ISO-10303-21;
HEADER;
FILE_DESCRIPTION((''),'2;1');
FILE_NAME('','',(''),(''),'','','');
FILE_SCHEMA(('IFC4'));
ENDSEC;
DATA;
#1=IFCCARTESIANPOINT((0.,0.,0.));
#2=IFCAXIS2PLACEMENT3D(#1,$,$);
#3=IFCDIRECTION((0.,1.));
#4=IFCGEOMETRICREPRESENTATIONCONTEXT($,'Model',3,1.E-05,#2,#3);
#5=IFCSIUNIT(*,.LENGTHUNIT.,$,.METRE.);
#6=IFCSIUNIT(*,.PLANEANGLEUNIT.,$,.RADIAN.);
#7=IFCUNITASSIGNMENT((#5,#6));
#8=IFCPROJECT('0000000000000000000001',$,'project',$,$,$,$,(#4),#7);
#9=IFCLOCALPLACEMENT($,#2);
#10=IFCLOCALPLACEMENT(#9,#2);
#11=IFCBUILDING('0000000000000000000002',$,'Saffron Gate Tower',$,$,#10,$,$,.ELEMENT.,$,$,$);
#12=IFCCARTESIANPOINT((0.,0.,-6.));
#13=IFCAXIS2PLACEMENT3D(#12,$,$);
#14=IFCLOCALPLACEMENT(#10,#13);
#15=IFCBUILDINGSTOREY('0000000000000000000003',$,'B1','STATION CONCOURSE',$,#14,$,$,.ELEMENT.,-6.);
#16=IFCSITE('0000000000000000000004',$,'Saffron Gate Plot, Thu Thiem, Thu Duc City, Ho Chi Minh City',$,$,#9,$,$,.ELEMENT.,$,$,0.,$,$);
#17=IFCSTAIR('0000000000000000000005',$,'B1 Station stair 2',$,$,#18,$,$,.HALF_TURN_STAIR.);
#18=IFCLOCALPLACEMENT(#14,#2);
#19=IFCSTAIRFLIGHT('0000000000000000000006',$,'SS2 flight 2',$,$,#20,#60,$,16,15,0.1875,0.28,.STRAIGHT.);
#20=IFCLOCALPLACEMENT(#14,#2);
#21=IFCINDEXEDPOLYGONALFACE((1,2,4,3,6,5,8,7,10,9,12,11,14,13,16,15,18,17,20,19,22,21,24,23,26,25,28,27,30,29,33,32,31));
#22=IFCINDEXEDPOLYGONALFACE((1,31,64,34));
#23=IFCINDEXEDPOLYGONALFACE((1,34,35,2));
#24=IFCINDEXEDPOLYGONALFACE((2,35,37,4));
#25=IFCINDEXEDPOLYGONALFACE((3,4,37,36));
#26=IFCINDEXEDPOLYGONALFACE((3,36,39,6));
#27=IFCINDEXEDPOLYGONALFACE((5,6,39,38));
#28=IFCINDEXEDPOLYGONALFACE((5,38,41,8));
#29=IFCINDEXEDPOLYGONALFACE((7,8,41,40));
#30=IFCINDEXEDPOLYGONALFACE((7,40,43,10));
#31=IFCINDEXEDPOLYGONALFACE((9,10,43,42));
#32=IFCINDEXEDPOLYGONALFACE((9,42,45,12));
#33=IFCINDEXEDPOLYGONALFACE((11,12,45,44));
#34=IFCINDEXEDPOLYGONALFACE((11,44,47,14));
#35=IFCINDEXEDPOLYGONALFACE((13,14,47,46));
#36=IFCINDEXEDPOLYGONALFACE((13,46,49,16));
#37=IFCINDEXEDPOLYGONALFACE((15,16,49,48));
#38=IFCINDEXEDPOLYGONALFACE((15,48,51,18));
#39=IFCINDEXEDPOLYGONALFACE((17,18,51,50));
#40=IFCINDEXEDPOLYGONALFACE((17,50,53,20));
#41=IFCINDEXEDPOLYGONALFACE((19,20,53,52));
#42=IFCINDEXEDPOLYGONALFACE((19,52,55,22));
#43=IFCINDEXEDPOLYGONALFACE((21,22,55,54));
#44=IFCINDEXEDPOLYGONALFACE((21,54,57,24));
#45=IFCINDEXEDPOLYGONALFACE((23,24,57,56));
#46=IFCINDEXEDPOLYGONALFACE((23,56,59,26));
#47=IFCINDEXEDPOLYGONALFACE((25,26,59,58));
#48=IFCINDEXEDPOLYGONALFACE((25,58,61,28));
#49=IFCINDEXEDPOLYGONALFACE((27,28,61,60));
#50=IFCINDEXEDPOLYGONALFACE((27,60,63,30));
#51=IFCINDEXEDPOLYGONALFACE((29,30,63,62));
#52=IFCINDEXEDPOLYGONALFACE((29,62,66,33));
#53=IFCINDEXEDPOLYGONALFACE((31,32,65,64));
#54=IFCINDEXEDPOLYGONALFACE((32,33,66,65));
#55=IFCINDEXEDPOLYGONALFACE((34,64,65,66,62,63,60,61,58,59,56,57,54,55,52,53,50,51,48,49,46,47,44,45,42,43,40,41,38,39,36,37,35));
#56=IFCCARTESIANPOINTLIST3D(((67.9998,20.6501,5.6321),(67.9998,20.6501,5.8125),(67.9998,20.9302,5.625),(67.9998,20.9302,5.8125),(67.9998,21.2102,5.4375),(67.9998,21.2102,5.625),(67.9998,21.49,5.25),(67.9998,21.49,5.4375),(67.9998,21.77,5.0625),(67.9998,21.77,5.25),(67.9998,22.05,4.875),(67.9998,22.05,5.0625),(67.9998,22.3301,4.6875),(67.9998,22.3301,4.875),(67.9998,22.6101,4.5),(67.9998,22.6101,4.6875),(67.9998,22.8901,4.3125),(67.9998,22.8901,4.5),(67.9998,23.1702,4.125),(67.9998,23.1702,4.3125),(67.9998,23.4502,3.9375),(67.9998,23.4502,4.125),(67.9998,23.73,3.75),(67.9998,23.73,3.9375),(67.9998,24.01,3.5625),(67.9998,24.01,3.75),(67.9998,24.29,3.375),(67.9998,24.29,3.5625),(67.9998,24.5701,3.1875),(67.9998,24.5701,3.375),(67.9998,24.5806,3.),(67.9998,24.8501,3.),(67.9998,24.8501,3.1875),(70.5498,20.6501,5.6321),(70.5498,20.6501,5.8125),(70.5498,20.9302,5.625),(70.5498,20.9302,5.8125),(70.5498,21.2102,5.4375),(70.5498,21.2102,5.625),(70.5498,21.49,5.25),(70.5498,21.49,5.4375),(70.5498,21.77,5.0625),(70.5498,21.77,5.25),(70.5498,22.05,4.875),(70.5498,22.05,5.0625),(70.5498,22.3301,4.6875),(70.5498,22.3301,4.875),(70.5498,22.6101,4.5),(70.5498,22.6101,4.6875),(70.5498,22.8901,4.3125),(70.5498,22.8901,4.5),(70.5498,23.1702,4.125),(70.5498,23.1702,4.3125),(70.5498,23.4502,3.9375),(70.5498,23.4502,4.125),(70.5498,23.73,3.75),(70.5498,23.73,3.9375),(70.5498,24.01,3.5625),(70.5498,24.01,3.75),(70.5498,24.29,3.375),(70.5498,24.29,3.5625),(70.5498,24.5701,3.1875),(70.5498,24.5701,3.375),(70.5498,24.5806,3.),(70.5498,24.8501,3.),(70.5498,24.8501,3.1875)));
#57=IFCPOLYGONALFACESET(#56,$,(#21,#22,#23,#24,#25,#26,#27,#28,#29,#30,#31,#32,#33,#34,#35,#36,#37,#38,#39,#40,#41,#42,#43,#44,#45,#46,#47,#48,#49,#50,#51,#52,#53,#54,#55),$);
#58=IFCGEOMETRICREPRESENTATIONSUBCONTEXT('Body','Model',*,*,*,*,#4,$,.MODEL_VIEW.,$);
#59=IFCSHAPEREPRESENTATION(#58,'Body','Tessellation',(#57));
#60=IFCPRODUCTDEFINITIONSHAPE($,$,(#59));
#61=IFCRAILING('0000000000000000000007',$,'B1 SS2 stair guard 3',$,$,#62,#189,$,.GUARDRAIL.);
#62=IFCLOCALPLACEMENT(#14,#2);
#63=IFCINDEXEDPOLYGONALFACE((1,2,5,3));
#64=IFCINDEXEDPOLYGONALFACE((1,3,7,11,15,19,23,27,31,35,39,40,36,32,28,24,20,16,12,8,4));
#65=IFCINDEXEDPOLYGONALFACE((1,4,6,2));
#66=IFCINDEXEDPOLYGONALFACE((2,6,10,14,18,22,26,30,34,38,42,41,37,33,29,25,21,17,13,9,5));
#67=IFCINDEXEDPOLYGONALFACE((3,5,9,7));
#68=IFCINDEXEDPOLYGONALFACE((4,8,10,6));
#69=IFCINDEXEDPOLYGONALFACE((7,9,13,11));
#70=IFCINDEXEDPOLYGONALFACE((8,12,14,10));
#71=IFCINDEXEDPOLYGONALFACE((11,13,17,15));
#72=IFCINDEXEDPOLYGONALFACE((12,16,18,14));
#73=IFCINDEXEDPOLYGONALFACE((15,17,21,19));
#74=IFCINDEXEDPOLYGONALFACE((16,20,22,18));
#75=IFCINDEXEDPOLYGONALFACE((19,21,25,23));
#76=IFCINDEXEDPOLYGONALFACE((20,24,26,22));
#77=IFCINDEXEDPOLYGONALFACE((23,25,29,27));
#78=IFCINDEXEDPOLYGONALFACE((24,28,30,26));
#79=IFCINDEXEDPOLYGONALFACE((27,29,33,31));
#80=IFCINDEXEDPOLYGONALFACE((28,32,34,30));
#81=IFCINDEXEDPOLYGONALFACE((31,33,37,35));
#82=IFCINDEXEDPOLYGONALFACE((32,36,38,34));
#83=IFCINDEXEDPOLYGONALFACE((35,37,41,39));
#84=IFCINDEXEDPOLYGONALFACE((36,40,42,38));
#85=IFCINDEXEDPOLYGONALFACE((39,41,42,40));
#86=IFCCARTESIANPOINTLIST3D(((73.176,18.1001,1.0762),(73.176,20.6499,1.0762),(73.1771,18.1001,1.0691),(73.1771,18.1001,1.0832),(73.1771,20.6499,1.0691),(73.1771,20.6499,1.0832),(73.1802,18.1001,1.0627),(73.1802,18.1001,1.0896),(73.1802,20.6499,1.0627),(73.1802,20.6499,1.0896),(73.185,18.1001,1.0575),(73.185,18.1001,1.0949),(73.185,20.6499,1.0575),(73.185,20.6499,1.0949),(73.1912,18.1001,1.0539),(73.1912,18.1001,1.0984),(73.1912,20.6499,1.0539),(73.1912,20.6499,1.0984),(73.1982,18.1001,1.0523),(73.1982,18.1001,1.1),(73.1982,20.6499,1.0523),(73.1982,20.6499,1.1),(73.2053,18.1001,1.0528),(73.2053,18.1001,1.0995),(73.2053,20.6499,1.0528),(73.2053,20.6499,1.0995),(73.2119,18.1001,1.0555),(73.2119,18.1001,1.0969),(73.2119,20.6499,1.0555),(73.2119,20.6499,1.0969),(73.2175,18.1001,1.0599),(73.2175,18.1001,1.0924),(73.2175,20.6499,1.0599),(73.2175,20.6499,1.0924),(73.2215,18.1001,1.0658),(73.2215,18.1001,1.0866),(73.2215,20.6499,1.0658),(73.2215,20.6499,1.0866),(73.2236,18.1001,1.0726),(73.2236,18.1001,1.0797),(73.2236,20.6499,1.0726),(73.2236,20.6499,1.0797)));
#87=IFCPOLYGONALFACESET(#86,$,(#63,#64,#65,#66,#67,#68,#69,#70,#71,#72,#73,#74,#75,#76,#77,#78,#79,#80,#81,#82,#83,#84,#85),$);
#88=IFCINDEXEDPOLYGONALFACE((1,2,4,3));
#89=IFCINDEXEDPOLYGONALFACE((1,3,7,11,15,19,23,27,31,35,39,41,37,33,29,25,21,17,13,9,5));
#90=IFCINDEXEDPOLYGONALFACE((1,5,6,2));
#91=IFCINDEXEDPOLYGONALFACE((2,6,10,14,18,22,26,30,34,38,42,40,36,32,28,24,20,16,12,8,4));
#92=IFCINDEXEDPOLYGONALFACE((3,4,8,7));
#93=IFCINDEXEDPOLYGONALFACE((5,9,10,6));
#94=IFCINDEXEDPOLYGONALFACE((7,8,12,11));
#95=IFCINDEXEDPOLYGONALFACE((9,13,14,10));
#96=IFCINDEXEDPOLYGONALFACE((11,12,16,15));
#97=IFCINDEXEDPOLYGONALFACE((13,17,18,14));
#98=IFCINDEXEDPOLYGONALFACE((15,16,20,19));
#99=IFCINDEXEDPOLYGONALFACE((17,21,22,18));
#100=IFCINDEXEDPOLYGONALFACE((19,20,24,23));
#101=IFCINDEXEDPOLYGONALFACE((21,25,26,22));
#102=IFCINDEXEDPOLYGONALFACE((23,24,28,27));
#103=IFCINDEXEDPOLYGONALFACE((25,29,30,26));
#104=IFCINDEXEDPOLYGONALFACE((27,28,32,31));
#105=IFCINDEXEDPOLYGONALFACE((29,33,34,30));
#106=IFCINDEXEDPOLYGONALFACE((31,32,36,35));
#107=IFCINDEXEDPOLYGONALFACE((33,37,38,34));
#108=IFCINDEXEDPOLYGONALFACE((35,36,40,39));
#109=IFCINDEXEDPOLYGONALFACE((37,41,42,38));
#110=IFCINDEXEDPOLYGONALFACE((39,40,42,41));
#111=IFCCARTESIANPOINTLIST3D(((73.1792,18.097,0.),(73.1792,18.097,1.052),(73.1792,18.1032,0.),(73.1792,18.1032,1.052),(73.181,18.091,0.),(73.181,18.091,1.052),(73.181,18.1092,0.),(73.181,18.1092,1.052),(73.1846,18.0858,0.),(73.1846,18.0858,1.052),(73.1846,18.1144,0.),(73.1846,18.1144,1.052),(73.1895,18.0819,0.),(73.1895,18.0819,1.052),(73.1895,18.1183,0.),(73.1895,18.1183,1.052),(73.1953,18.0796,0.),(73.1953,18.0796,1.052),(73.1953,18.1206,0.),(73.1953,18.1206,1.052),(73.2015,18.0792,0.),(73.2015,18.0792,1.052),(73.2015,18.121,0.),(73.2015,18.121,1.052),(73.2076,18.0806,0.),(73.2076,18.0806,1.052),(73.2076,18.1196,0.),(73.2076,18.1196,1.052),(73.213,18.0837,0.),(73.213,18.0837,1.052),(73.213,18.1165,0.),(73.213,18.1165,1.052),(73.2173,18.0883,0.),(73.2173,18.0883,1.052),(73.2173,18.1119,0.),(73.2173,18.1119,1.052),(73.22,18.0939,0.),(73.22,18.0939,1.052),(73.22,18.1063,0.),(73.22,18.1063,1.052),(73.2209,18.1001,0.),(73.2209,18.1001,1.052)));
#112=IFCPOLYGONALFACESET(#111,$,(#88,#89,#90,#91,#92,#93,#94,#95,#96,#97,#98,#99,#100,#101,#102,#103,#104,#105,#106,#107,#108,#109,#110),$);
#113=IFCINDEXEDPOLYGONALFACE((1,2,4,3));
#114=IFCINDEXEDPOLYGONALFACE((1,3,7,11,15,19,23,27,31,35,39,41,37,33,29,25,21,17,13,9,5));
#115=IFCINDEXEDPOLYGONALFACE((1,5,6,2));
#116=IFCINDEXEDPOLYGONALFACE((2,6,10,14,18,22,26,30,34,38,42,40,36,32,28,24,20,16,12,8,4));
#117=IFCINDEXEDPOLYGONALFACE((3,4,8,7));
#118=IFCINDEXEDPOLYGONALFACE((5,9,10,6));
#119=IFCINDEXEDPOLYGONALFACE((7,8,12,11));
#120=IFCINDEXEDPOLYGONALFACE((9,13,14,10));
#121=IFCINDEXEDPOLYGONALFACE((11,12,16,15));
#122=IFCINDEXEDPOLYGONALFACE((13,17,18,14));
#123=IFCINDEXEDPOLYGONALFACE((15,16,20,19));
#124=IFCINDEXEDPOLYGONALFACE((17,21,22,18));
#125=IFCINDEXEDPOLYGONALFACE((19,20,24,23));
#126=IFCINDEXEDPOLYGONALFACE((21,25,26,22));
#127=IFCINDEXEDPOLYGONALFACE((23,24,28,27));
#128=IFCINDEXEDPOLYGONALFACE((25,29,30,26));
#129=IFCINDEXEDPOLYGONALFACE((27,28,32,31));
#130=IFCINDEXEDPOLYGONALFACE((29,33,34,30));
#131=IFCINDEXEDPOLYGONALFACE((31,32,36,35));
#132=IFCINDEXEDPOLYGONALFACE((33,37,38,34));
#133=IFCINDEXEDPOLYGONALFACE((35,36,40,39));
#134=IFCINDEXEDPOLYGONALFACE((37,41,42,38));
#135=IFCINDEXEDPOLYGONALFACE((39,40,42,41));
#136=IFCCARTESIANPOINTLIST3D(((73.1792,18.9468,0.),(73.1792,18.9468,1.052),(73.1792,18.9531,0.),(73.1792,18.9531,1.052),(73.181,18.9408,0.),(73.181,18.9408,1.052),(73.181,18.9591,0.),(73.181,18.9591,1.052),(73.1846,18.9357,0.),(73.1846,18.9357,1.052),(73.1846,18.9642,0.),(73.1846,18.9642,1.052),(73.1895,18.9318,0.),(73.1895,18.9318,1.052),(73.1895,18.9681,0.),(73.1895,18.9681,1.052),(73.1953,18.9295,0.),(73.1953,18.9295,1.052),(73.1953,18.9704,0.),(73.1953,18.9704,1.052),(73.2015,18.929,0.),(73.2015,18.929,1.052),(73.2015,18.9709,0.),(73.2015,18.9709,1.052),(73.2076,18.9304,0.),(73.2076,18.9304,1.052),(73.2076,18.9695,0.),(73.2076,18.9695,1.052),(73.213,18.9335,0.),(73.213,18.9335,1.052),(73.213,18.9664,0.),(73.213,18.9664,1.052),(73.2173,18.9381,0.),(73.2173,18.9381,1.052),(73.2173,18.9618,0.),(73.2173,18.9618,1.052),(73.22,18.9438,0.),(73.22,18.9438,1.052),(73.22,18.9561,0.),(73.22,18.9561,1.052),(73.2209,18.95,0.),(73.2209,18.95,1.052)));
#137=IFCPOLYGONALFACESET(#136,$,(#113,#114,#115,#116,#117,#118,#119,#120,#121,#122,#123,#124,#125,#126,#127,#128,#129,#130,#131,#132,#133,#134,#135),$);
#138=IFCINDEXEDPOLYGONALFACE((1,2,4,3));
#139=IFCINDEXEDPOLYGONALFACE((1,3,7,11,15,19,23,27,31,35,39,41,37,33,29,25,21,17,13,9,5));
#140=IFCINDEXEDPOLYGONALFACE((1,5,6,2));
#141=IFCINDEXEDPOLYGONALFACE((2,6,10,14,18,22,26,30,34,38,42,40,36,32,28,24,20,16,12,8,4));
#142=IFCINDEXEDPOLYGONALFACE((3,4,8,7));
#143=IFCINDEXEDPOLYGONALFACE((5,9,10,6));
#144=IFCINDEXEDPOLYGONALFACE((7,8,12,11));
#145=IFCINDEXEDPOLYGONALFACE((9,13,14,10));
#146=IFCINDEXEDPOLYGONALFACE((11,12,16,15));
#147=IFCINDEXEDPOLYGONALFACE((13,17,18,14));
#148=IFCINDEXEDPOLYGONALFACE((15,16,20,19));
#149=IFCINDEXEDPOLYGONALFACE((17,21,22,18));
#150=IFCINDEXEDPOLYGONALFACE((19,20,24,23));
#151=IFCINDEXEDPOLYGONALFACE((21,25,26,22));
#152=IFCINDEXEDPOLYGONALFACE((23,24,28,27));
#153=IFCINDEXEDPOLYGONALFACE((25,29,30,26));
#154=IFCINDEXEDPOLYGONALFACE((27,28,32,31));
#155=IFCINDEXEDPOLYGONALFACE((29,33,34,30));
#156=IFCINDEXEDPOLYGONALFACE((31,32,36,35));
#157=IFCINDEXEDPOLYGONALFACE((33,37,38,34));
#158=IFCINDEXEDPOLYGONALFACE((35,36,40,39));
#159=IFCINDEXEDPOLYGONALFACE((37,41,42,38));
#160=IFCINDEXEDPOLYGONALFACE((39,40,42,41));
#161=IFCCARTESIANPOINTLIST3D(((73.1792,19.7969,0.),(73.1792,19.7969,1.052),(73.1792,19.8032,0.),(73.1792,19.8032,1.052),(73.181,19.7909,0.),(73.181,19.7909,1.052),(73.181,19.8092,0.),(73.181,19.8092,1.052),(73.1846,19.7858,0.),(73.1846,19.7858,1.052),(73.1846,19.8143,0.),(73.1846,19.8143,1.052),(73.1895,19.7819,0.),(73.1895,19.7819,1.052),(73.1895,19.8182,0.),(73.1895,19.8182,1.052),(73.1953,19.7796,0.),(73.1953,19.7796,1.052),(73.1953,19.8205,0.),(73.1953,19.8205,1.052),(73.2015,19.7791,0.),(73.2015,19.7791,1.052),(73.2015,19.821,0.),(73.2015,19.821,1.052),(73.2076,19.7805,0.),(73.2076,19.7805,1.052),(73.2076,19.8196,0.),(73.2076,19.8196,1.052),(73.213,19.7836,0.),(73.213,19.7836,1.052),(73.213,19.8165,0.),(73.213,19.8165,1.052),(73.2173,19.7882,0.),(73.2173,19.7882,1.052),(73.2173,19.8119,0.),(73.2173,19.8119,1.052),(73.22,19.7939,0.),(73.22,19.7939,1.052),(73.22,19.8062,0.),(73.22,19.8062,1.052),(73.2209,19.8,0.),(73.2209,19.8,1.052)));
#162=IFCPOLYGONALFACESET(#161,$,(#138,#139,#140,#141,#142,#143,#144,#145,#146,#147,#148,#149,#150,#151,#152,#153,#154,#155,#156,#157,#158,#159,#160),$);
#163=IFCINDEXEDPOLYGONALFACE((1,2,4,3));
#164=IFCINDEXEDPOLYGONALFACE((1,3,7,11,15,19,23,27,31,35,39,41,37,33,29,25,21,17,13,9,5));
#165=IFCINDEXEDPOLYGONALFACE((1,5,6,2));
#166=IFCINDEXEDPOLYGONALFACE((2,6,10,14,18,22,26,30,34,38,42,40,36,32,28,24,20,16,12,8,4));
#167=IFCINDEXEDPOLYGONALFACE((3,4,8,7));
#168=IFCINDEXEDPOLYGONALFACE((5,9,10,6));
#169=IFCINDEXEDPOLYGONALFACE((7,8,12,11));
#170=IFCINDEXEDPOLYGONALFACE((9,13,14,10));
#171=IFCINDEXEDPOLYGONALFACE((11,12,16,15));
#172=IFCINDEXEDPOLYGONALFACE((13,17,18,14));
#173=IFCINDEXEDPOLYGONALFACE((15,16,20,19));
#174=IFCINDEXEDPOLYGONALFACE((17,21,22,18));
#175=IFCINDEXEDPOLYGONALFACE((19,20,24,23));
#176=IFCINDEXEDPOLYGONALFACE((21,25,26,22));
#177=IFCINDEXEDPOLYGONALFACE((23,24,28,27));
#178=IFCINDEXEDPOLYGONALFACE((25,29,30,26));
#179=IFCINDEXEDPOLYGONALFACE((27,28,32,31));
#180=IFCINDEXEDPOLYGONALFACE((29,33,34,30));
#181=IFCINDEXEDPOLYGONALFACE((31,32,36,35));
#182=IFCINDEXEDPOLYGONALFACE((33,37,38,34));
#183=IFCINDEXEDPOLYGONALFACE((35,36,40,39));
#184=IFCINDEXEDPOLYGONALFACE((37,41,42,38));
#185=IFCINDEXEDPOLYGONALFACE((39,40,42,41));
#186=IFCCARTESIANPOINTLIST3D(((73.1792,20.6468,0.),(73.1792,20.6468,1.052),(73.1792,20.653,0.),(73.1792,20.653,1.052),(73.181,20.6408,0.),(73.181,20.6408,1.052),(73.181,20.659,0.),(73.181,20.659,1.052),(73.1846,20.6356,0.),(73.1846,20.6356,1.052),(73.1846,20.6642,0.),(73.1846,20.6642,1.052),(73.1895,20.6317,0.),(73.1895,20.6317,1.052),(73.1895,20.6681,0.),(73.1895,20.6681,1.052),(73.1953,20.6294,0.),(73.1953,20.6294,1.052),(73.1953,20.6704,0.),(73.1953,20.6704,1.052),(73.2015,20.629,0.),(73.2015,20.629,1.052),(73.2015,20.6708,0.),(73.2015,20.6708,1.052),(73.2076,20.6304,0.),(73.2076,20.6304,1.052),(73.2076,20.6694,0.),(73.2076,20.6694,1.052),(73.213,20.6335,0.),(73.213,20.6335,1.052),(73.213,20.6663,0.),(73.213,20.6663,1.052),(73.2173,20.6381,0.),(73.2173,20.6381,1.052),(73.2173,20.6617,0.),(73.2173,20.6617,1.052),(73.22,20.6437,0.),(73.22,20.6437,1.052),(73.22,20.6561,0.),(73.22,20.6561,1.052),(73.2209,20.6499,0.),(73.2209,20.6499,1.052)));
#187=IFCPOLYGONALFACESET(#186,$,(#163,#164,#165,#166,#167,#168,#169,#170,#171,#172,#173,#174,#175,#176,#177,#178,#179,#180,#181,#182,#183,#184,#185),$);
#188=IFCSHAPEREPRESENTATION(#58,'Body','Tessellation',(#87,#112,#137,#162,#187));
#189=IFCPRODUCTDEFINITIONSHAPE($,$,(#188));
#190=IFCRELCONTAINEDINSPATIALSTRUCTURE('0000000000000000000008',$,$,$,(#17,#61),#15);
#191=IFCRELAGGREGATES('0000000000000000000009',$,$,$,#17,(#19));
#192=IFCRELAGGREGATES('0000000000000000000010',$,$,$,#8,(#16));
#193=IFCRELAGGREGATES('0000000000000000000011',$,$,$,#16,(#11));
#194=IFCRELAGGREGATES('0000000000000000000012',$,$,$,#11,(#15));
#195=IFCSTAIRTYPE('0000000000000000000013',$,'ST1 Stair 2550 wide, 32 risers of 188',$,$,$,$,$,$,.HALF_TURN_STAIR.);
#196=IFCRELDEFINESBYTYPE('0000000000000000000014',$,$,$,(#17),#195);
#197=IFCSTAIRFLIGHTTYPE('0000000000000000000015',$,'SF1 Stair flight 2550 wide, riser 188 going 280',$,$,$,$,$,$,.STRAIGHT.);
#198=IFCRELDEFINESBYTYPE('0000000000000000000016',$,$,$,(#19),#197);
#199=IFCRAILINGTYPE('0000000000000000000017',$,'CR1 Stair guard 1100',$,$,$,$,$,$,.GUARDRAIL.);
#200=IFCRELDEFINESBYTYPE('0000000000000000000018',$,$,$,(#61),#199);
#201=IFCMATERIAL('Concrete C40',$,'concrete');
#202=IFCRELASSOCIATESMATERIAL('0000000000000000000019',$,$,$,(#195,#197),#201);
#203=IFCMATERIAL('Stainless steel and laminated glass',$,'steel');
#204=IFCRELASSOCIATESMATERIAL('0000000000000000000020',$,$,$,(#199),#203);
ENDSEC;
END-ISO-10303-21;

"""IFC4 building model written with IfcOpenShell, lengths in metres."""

from ifc_helpers import new_model, si_unit, direction, frame, origin, origin_2d, place, context, subcontext, project, spatial, polyline, circle, outline, extrude, material, type_object, element, aggregate, save


model = new_model("IFC4")

# Units and contexts
model_context = context("Model", 3, precision=1e-05, world=origin(), true_north=direction((0.0, 1.0)))
body_context = subcontext(model_context, "Body", "Model", "MODEL_VIEW")
ifc_project = project(units=[si_unit("LENGTHUNIT", "METRE"), si_unit("PLANEANGLEUNIT", "RADIAN")], contexts=[model_context])

# Site, building, storey
site_placement = place(None, origin())
site = spatial("IfcSite", under=ifc_project, at=site_placement, Name="Saffron Gate Plot, Thu Thiem, Thu Duc City, Ho Chi Minh City", CompositionType="ELEMENT", RefElevation=0.0)
building_placement = place(site_placement, origin())
building = spatial("IfcBuilding", under=site, at=building_placement, Name="Saffron Gate Tower", CompositionType="ELEMENT")
storey_placement = place(building_placement, frame((0.0, 0.0, -6.0)))
storey = spatial("IfcBuildingStorey", under=building, at=storey_placement, Name="B1", Description="STATION CONCOURSE", CompositionType="ELEMENT", Elevation=-6.0)

# Shared definitions
ifc_material_1 = material(Name="Concrete C40", Category="concrete")

# Stair, stair flight
stair_type = type_object("IfcStairType", Name="ST1 Stair 2550 wide, 32 risers of 188", PredefinedType="HALF_TURN_STAIR", material=ifc_material_1)
stair_placement = place(storey_placement, origin())
stair = element("IfcStair", 1, at=stair_placement, inside=storey, type_object=stair_type, Name="B1 Station stair 2", PredefinedType="HALF_TURN_STAIR")
stair_flight_type = type_object("IfcStairFlightType", Name="SF1 Stair flight 2550 wide, riser 188 going 280", PredefinedType="STRAIGHT", material=ifc_material_1)
stair_flight_1_placement = place(storey_placement, frame((69.2749, 24.8501, 3.0), z_axis=(0.0, 0.0, 1.0), x_axis=(0.0, -1.0, 0.0)))
stair_flight_1 = element("IfcStairFlight", 2, at=stair_flight_1_placement, type_object=stair_flight_type, Name="SS2 flight 2", NumberOfRisers=16, NumberOfTreads=15, PredefinedType="STRAIGHT", RiserHeight=0.1875, TreadLength=0.28, context=body_context, shape_type="SweptSolid", body=[
    extrude(outline(polyline([(0.0, 0.0), (0.0, 0.1875), (0.28, 0.1875), (0.28, 0.375), (0.5601, 0.375), (0.5601, 0.5625), (0.8401, 0.5625), (0.8401, 0.75), (1.1201, 0.75), (1.1201, 0.9375), (1.3999, 0.9375), (1.3999, 1.125), (1.6799, 1.125), (1.6799, 1.3125), (1.96, 1.3125), (1.96, 1.5), (2.24, 1.5), (2.24, 1.6875), (2.52, 1.6875), (2.52, 1.875), (2.8, 1.875), (2.8, 2.0625), (3.0801, 2.0625), (3.0801, 2.25), (3.3601, 2.25), (3.3601, 2.4375), (3.6399, 2.4375), (3.6399, 2.625), (3.9199, 2.625), (3.9199, 2.8125), (4.2, 2.8125), (4.2, 3.0), (4.2, 2.6321), (0.2695, 0.0), (0.0, 0.0)])), frame((0.0, 1.2749, 0.0), z_axis=(0.0, -1.0, 0.0), x_axis=(1.0, 0.0, 0.0)), (0.0, 0.0, 1.0), 2.55),
])
aggregate(stair, [stair_flight_1])

# Railing
ifc_material_2 = material(Name="Stainless steel and laminated glass", Category="steel")
railing_type_1 = type_object("IfcRailingType", Name="CR1 Stair guard 1100", PredefinedType="GUARDRAIL", material=ifc_material_2)
for number, where, name in (
    (3, (73.2, 18.1001, 0.0), "B1 SS2 stair guard 3"),
):
    element("IfcRailing", number, at=place(storey_placement, frame(where)), inside=storey, type_object=railing_type_1, Name=name, PredefinedType="GUARDRAIL", context=body_context, shape_type="SweptSolid", body=[
        extrude(circle(Radius=0.0239, at=origin_2d()), frame((0.0, 0.0, 1.0762), z_axis=(0.0, 1.0, 0.0), x_axis=(-1.0, 0.0, 0.0)), (0.0, 0.0, 1.0), 2.5498),
        extrude(circle(Radius=0.021, at=origin_2d()), origin(), (0.0, 0.0, 1.0), 1.052),
        extrude(circle(Radius=0.021, at=origin_2d()), frame((0.0, 0.8499, 0.0)), (0.0, 0.0, 1.0), 1.052),
        extrude(circle(Radius=0.021, at=origin_2d()), frame((0.0, 1.7, 0.0)), (0.0, 0.0, 1.0), 1.052),
        extrude(circle(Radius=0.021, at=origin_2d()), frame((0.0, 2.5498, 0.0)), (0.0, 0.0, 1.0), 1.052),
    ])

save(model, "model.ifc")
